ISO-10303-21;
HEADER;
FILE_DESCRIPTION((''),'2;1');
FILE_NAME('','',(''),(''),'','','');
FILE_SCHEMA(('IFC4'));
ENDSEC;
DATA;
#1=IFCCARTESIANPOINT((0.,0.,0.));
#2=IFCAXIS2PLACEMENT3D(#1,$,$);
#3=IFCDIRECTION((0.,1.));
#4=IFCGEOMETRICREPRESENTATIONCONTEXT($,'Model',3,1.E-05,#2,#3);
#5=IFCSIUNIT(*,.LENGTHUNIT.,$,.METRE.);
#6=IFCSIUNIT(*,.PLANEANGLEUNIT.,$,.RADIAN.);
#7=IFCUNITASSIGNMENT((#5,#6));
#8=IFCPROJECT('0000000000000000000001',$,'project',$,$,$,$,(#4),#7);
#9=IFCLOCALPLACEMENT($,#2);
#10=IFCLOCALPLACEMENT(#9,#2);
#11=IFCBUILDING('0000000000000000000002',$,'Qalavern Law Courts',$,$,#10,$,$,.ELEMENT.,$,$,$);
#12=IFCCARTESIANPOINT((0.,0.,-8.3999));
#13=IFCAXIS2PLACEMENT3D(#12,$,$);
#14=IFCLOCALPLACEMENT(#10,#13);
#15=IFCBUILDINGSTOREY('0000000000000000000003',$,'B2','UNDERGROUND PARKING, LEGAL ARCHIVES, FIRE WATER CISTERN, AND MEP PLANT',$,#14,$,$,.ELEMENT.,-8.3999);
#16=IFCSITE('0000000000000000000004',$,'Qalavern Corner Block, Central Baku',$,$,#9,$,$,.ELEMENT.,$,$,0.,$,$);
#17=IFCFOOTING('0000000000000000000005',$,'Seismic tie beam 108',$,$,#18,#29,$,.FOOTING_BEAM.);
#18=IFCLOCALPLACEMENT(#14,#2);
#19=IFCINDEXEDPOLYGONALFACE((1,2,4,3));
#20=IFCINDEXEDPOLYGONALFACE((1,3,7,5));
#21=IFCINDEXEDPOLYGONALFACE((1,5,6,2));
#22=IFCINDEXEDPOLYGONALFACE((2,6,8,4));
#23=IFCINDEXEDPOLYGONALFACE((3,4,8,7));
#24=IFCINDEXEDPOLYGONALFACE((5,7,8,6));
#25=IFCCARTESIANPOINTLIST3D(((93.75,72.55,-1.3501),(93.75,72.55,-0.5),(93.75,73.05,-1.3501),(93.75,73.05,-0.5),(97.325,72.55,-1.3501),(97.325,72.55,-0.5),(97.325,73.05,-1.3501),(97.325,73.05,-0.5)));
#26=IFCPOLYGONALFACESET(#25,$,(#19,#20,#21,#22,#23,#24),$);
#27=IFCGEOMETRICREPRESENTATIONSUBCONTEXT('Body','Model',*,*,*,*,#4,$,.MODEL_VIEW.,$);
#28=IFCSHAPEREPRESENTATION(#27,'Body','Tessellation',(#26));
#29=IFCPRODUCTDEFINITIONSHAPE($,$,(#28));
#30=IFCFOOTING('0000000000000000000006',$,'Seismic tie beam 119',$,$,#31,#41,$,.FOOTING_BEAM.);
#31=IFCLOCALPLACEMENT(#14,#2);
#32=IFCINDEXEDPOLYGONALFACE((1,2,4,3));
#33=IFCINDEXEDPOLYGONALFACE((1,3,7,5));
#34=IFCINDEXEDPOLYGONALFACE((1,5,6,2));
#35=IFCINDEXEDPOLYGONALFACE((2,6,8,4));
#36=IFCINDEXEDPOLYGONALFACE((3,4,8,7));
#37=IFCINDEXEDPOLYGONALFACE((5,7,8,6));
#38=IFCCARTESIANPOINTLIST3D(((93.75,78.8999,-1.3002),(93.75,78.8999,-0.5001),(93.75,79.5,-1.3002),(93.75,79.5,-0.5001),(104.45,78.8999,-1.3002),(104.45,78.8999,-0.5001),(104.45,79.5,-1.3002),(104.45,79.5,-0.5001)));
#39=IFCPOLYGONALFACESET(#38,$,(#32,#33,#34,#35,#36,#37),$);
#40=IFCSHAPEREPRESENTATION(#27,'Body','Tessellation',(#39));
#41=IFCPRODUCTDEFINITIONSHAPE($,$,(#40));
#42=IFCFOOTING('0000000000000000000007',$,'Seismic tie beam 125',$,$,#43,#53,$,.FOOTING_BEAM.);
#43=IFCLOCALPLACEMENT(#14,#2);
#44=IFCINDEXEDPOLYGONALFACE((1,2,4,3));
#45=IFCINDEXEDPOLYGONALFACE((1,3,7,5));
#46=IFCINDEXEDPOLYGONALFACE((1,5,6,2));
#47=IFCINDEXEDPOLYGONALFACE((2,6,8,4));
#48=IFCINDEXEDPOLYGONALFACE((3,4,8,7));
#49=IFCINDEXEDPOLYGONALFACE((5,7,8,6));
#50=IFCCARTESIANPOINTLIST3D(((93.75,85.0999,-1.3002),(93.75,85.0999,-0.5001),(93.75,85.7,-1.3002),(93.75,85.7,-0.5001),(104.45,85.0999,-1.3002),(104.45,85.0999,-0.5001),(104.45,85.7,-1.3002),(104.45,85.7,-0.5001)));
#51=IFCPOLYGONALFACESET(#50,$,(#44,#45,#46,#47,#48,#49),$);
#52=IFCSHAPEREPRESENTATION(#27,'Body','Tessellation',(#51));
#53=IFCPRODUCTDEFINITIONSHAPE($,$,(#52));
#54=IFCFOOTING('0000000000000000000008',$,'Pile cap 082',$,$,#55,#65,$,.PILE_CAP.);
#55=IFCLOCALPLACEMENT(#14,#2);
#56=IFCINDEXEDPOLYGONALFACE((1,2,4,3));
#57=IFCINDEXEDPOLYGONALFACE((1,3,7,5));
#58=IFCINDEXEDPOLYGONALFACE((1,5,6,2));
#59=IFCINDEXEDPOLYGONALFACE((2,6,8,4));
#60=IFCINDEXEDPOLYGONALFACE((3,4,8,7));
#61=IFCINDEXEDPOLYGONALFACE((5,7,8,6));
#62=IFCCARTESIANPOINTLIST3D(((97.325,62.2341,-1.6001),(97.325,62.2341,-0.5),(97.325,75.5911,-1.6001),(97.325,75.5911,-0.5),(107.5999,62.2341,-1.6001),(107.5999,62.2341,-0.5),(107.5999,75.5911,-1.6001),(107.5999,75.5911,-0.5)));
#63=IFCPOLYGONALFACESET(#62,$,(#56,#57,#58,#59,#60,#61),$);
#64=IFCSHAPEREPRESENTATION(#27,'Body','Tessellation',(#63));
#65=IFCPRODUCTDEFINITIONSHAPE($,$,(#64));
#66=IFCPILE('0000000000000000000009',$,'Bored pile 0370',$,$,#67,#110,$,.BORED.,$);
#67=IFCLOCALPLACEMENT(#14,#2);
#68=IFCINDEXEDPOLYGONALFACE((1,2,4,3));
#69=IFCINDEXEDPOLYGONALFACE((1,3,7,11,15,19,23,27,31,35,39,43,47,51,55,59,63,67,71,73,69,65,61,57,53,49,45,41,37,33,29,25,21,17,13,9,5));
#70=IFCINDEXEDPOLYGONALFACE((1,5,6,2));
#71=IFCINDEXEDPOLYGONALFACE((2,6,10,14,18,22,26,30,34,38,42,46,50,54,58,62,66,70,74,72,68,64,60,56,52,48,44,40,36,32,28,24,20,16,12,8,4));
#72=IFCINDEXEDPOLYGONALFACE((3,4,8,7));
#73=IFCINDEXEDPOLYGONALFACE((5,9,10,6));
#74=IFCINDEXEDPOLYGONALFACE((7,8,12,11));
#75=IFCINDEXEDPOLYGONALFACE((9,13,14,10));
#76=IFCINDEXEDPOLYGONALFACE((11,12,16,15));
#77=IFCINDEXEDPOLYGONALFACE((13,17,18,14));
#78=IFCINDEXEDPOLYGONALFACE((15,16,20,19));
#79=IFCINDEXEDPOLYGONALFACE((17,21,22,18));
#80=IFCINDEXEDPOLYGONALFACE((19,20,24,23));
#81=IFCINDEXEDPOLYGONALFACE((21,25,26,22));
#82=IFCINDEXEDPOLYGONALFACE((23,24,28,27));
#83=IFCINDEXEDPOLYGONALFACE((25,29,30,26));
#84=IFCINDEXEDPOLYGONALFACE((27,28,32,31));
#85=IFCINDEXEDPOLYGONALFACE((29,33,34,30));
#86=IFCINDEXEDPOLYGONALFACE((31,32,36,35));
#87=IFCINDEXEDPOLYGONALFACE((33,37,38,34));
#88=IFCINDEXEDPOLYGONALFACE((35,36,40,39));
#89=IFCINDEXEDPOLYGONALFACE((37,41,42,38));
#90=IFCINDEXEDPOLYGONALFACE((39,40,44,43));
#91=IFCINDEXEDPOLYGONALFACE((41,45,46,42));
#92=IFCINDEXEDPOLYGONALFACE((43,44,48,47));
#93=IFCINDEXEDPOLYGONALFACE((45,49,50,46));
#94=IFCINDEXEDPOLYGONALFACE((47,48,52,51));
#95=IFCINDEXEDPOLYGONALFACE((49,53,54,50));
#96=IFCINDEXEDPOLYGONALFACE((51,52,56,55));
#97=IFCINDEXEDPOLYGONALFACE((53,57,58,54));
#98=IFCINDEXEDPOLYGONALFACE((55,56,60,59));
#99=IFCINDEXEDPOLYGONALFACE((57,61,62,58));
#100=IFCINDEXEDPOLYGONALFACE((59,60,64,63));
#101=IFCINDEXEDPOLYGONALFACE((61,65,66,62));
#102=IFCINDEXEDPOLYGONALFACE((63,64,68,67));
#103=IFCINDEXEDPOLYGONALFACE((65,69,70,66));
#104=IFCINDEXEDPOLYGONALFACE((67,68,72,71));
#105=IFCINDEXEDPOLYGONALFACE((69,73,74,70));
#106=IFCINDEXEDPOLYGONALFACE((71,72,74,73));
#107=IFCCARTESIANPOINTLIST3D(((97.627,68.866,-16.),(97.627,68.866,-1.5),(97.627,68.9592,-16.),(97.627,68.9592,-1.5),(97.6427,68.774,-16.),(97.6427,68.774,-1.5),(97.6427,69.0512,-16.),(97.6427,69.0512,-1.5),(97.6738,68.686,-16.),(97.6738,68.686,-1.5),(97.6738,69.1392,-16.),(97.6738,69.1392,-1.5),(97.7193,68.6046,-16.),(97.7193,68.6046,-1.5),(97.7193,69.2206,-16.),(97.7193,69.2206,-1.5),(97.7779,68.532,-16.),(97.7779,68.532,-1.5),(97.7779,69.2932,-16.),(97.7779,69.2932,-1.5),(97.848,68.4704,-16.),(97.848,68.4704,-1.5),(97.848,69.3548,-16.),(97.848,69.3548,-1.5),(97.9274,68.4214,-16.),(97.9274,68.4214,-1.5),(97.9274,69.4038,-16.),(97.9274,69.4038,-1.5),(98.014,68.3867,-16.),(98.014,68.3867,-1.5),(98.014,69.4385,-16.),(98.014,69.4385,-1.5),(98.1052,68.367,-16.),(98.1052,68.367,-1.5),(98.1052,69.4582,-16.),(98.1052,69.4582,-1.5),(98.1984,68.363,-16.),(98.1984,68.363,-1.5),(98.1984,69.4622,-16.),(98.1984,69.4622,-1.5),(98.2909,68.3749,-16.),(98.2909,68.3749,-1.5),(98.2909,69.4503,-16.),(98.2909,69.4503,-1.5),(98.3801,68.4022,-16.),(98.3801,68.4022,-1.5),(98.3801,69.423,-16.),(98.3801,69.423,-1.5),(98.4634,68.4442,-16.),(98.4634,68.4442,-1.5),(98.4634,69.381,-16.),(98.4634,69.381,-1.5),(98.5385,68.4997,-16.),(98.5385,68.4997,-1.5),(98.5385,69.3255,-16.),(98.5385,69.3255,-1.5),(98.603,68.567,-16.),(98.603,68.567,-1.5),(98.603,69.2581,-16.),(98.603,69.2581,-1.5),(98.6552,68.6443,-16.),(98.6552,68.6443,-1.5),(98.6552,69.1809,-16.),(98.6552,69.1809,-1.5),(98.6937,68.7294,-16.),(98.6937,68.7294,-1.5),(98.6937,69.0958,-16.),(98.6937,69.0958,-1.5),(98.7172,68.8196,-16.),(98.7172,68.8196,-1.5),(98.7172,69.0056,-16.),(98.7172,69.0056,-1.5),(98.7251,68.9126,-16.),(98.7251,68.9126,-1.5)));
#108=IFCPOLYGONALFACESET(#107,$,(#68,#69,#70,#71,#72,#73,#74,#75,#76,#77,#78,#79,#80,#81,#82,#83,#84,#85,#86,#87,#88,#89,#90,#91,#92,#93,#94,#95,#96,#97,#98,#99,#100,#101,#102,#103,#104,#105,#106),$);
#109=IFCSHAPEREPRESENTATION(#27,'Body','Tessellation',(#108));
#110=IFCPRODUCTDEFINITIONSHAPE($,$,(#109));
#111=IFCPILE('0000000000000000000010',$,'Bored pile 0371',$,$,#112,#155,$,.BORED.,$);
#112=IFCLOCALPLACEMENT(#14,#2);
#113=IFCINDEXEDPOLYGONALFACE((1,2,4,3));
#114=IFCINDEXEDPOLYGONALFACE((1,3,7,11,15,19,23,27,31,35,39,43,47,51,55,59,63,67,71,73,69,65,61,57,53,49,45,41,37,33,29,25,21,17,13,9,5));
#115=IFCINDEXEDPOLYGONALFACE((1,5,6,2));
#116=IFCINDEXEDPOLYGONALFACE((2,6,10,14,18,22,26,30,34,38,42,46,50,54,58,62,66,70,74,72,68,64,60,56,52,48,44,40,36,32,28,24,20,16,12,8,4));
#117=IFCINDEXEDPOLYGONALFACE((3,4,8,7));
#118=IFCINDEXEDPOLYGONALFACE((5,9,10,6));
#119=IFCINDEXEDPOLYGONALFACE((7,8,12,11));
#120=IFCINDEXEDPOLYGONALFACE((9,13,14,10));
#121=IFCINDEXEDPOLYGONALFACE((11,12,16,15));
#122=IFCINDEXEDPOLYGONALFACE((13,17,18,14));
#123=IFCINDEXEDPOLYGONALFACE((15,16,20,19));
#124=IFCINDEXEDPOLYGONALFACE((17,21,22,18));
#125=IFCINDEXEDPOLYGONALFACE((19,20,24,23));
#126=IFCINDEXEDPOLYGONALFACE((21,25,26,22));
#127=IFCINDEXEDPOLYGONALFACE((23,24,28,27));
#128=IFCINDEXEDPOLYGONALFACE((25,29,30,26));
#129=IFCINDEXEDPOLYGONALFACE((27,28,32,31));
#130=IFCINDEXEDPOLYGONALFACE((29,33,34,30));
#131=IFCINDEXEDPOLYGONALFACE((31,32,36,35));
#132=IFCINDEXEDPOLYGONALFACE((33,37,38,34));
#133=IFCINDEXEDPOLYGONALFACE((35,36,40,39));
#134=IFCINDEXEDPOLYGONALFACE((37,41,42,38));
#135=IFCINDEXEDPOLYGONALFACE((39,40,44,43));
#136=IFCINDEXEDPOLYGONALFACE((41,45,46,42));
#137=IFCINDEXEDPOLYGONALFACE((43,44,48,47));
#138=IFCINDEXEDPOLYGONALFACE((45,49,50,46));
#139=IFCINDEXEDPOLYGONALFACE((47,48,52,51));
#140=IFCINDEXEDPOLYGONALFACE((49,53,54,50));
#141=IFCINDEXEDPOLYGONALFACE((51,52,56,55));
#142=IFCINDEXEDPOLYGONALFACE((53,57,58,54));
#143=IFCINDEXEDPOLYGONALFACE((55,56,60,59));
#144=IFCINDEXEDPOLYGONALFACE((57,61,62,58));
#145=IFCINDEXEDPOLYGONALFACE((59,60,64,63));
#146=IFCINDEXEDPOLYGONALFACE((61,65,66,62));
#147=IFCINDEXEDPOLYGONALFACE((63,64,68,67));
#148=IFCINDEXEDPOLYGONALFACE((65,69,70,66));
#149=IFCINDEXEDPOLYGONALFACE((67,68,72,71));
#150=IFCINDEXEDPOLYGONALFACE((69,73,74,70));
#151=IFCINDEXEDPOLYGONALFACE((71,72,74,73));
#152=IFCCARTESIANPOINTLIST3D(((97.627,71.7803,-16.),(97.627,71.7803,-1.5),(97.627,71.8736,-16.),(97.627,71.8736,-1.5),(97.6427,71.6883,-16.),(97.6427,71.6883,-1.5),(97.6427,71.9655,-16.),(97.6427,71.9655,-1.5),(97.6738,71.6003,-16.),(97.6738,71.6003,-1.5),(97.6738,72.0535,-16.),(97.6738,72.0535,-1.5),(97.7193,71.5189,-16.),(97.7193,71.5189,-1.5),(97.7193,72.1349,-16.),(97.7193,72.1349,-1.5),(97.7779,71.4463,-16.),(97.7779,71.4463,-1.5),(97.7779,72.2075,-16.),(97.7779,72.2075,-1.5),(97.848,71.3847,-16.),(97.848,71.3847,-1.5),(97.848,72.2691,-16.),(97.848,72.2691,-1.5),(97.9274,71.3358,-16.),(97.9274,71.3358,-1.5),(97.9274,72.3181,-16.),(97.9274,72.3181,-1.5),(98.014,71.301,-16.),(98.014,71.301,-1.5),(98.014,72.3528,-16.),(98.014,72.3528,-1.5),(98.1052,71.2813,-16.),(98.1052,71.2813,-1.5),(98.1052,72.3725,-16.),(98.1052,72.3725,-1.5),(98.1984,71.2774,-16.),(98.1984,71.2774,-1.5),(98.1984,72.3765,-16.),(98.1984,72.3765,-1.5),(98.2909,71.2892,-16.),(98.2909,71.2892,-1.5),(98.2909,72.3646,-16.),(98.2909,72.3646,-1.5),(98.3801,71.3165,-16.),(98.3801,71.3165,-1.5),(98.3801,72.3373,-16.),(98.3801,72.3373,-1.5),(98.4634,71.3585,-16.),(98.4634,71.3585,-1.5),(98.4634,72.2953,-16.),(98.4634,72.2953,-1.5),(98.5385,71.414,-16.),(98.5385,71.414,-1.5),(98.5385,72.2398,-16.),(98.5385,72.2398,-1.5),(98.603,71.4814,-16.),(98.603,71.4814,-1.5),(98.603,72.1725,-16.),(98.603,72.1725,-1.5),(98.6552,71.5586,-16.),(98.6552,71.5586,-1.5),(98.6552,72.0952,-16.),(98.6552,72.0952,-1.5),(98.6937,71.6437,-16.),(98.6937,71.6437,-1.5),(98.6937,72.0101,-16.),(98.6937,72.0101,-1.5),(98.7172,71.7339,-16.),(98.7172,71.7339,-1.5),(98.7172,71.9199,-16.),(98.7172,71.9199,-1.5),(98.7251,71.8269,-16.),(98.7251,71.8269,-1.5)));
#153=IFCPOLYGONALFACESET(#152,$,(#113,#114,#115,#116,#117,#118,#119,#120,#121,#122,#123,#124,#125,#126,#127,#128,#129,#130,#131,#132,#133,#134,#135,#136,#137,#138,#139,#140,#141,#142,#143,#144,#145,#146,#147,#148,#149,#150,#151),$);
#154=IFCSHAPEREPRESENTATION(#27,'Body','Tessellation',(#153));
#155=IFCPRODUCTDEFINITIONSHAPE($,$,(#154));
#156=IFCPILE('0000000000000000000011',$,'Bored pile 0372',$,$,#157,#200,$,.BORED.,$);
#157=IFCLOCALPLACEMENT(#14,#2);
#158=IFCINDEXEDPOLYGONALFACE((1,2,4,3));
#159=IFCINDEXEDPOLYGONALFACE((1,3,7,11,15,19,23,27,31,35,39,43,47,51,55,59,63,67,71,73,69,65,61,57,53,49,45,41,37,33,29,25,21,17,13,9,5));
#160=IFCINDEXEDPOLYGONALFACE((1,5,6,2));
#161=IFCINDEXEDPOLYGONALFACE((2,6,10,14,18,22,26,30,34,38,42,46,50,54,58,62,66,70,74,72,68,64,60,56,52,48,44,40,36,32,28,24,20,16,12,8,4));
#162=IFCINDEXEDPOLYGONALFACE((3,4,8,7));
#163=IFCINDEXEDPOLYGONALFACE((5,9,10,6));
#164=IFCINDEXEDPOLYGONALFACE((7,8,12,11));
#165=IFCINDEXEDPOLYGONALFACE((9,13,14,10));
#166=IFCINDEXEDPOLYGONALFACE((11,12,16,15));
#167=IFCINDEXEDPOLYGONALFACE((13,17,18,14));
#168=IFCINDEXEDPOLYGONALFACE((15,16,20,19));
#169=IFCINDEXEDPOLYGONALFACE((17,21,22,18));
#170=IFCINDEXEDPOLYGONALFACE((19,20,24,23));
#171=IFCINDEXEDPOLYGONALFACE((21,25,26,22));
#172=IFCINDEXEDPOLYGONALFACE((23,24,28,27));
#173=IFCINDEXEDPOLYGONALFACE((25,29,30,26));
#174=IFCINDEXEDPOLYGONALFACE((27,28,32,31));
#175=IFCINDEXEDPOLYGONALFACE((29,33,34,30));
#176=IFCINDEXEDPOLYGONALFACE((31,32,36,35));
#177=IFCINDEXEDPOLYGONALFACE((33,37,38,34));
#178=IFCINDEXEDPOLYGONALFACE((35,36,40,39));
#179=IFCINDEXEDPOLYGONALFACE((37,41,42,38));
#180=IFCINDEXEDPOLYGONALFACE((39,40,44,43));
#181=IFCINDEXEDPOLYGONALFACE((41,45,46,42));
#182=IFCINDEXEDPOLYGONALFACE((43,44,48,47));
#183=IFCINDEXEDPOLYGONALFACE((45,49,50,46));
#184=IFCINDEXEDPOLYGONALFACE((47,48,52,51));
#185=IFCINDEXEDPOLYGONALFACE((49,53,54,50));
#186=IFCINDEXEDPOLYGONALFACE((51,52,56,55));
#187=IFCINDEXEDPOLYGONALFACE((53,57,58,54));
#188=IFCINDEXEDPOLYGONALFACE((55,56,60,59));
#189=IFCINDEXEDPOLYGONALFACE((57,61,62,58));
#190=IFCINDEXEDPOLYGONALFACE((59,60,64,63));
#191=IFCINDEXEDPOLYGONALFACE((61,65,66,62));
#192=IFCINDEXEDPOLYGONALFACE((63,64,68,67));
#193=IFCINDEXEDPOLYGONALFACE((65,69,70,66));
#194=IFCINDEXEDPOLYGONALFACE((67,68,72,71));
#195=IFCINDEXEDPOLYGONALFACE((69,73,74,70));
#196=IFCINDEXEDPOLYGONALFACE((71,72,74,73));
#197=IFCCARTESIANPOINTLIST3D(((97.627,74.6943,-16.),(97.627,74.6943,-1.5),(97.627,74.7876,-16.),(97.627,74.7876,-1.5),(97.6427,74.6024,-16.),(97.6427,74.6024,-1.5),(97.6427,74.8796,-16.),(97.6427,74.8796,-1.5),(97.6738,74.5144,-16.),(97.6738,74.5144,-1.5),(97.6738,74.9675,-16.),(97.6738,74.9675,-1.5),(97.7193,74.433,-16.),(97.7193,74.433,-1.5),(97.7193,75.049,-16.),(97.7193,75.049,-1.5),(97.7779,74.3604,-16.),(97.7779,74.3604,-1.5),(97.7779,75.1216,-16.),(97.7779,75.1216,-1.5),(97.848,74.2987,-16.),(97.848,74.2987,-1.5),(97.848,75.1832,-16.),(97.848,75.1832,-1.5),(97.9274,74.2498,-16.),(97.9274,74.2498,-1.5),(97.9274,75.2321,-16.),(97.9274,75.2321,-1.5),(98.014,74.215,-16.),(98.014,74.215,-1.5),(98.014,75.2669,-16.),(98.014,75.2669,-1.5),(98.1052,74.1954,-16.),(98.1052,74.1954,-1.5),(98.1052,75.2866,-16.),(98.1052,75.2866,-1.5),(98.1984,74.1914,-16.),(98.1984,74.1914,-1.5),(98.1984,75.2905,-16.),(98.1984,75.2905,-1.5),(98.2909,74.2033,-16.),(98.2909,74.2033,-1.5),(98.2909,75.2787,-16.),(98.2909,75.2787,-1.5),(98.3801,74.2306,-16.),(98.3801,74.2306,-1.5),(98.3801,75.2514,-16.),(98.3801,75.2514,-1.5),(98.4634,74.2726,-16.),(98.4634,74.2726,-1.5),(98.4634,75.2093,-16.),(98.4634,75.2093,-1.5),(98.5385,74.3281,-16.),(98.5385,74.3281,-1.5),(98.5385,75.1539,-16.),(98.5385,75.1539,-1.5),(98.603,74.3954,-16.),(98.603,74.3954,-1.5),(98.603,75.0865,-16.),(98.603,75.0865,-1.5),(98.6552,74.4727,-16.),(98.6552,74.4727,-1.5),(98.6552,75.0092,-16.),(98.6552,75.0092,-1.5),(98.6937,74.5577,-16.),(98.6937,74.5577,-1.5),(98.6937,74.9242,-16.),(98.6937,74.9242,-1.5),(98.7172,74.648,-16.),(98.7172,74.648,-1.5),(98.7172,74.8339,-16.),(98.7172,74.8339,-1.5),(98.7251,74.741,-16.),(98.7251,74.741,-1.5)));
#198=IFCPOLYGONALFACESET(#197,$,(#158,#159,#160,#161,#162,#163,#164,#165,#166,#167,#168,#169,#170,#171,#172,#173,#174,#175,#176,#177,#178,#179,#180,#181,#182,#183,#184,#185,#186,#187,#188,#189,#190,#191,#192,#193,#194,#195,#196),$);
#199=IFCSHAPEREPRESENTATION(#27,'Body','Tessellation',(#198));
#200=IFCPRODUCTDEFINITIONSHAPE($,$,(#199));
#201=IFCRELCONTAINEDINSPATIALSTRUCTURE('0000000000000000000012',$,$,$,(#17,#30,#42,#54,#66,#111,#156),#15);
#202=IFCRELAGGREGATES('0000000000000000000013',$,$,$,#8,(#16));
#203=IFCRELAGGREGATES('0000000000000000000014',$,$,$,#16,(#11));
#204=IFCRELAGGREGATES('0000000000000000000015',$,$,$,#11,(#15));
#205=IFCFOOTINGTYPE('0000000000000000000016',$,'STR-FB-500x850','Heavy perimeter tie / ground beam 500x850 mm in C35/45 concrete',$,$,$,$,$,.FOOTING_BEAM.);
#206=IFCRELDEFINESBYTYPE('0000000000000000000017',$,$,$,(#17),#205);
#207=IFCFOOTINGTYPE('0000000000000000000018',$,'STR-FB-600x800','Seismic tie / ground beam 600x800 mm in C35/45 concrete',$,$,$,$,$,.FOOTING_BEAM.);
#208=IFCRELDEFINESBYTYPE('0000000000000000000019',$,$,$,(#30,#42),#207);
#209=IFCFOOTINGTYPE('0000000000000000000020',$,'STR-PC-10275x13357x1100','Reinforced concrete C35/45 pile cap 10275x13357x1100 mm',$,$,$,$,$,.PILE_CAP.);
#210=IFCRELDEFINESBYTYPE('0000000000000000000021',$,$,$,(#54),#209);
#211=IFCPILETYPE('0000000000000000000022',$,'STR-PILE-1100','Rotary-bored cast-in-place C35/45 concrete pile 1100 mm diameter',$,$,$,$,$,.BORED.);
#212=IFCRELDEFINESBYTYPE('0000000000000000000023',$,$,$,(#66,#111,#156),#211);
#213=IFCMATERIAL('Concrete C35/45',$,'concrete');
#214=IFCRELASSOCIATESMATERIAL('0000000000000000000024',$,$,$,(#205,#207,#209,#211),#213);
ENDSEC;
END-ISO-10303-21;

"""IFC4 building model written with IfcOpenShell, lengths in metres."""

from ifc_helpers import new_model, si_unit, direction, frame, origin, origin_2d, place, context, subcontext, project, spatial, rectangle, circle, extrude, material, material_profile, profile_set, type_object, element, save


model = new_model("IFC4")

# Units and contexts
model_context = context("Model", 3, precision=1e-05, world=origin(), true_north=direction((0.0, 1.0)))
body_context = subcontext(model_context, "Body", "Model", "MODEL_VIEW")
ifc_project = project(units=[si_unit("LENGTHUNIT", "METRE"), si_unit("PLANEANGLEUNIT", "RADIAN")], contexts=[model_context])

# Site, building, storey
site_placement = place(None, origin())
site = spatial("IfcSite", under=ifc_project, at=site_placement, Name="Qalavern Corner Block, Central Baku", CompositionType="ELEMENT", RefElevation=0.0)
building_placement = place(site_placement, origin())
building = spatial("IfcBuilding", under=site, at=building_placement, Name="Qalavern Law Courts", CompositionType="ELEMENT")
storey_placement = place(building_placement, frame((0.0, 0.0, -8.3999)))
storey = spatial("IfcBuildingStorey", under=building, at=storey_placement, Name="B2", Description="UNDERGROUND PARKING, LEGAL ARCHIVES, FIRE WATER CISTERN, AND MEP PLANT", CompositionType="ELEMENT", Elevation=-8.3999)

# Footings
ifc_material_1 = material(Name="Concrete C35/45", Category="concrete")
ifc_material_profile_1 = material_profile(ifc_material_1, rectangle(XDim=0.5, YDim=0.8501, at=origin_2d()), Name="RC 500x850")
ifc_profile_set_1 = profile_set([ifc_material_profile_1], Name="Concrete C35/45")
footing_type_1 = type_object("IfcFootingType", Name="STR-FB-500x850", Description="Heavy perimeter tie / ground beam 500x850 mm in C35/45 concrete", PredefinedType="FOOTING_BEAM", material=ifc_profile_set_1)
footing_1_placement = place(storey_placement, frame((93.75, 72.8, -0.925), z_axis=(1.0, 0.0, 0.0), x_axis=(0.0, 1.0, 0.0)))
element("IfcFooting", 1, at=footing_1_placement, inside=storey, type_object=footing_type_1, Name="Seismic tie beam 108", PredefinedType="FOOTING_BEAM", context=body_context, shape_type="SweptSolid", body=[
    extrude(rectangle(XDim=0.5, YDim=0.8501, at=origin_2d()), origin(), (0.0, 0.0, 1.0), 3.575),
])
ifc_material_profile_2 = material_profile(ifc_material_1, rectangle(XDim=0.6001, YDim=0.8, at=origin_2d()), Name="RC 600x800")
ifc_profile_set_2 = profile_set([ifc_material_profile_2], Name="Concrete C35/45")
footing_type_2 = type_object("IfcFootingType", Name="STR-FB-600x800", Description="Seismic tie / ground beam 600x800 mm in C35/45 concrete", PredefinedType="FOOTING_BEAM", material=ifc_profile_set_2)
for number, where, z_axis, x_axis, name in (
    (2, (93.75, 79.2, -0.9001), (1.0, 0.0, 0.0), (0.0, 1.0, 0.0), "Seismic tie beam 119"),
    (3, (93.75, 85.3999, -0.9001), (1.0, 0.0, 0.0), (0.0, 1.0, 0.0), "Seismic tie beam 125"),
):
    element("IfcFooting", number, at=place(storey_placement, frame(where, z_axis=z_axis, x_axis=x_axis)), inside=storey, type_object=footing_type_2, Name=name, PredefinedType="FOOTING_BEAM", context=body_context, shape_type="SweptSolid", body=[
        extrude(rectangle(XDim=0.6001, YDim=0.8, at=origin_2d()), origin(), (0.0, 0.0, 1.0), 10.7),
    ])
footing_type_3 = type_object("IfcFootingType", Name="STR-PC-10275x13357x1100", Description="Reinforced concrete C35/45 pile cap 10275x13357x1100 mm", PredefinedType="PILE_CAP", material=ifc_material_1)
footing_2_placement = place(storey_placement, frame((102.4624, 68.9126, -1.6001), z_axis=(0.0, 0.0, 1.0), x_axis=(1.0, 0.0, 0.0)))
element("IfcFooting", 4, at=footing_2_placement, inside=storey, type_object=footing_type_3, Name="Pile cap 082", PredefinedType="PILE_CAP", context=body_context, shape_type="SweptSolid", body=[
    extrude(rectangle(XDim=10.2749, YDim=13.3569, at=origin_2d()), origin(), (0.0, 0.0, 1.0), 1.1001),
])

# Piles
ifc_material_profile_3 = material_profile(ifc_material_1, circle(Radius=0.55, at=origin_2d()), Name="BORED PILE 1100")
ifc_profile_set_3 = profile_set([ifc_material_profile_3], Name="Concrete C35/45")
pile_type_1 = type_object("IfcPileType", Name="STR-PILE-1100", Description="Rotary-bored cast-in-place C35/45 concrete pile 1100 mm diameter", PredefinedType="BORED", material=ifc_profile_set_3)
for number, where, z_axis, x_axis, name in (
    (5, (98.175, 68.9126, -1.5), (0.0, 0.0, -1.0), (1.0, 0.0, 0.0), "Bored pile 0370"),
    (6, (98.175, 71.8269, -1.5), (0.0, 0.0, -1.0), (1.0, 0.0, 0.0), "Bored pile 0371"),
    (7, (98.175, 74.741, -1.5), (0.0, 0.0, -1.0), (1.0, 0.0, 0.0), "Bored pile 0372"),
):
    element("IfcPile", number, at=place(storey_placement, frame(where, z_axis=z_axis, x_axis=x_axis)), inside=storey, type_object=pile_type_1, Name=name, PredefinedType="BORED", context=body_context, shape_type="SweptSolid", body=[
        extrude(circle(Radius=0.55, at=origin_2d()), origin(), (0.0, 0.0, 1.0), 14.5),
    ])

save(model, "model.ifc")
